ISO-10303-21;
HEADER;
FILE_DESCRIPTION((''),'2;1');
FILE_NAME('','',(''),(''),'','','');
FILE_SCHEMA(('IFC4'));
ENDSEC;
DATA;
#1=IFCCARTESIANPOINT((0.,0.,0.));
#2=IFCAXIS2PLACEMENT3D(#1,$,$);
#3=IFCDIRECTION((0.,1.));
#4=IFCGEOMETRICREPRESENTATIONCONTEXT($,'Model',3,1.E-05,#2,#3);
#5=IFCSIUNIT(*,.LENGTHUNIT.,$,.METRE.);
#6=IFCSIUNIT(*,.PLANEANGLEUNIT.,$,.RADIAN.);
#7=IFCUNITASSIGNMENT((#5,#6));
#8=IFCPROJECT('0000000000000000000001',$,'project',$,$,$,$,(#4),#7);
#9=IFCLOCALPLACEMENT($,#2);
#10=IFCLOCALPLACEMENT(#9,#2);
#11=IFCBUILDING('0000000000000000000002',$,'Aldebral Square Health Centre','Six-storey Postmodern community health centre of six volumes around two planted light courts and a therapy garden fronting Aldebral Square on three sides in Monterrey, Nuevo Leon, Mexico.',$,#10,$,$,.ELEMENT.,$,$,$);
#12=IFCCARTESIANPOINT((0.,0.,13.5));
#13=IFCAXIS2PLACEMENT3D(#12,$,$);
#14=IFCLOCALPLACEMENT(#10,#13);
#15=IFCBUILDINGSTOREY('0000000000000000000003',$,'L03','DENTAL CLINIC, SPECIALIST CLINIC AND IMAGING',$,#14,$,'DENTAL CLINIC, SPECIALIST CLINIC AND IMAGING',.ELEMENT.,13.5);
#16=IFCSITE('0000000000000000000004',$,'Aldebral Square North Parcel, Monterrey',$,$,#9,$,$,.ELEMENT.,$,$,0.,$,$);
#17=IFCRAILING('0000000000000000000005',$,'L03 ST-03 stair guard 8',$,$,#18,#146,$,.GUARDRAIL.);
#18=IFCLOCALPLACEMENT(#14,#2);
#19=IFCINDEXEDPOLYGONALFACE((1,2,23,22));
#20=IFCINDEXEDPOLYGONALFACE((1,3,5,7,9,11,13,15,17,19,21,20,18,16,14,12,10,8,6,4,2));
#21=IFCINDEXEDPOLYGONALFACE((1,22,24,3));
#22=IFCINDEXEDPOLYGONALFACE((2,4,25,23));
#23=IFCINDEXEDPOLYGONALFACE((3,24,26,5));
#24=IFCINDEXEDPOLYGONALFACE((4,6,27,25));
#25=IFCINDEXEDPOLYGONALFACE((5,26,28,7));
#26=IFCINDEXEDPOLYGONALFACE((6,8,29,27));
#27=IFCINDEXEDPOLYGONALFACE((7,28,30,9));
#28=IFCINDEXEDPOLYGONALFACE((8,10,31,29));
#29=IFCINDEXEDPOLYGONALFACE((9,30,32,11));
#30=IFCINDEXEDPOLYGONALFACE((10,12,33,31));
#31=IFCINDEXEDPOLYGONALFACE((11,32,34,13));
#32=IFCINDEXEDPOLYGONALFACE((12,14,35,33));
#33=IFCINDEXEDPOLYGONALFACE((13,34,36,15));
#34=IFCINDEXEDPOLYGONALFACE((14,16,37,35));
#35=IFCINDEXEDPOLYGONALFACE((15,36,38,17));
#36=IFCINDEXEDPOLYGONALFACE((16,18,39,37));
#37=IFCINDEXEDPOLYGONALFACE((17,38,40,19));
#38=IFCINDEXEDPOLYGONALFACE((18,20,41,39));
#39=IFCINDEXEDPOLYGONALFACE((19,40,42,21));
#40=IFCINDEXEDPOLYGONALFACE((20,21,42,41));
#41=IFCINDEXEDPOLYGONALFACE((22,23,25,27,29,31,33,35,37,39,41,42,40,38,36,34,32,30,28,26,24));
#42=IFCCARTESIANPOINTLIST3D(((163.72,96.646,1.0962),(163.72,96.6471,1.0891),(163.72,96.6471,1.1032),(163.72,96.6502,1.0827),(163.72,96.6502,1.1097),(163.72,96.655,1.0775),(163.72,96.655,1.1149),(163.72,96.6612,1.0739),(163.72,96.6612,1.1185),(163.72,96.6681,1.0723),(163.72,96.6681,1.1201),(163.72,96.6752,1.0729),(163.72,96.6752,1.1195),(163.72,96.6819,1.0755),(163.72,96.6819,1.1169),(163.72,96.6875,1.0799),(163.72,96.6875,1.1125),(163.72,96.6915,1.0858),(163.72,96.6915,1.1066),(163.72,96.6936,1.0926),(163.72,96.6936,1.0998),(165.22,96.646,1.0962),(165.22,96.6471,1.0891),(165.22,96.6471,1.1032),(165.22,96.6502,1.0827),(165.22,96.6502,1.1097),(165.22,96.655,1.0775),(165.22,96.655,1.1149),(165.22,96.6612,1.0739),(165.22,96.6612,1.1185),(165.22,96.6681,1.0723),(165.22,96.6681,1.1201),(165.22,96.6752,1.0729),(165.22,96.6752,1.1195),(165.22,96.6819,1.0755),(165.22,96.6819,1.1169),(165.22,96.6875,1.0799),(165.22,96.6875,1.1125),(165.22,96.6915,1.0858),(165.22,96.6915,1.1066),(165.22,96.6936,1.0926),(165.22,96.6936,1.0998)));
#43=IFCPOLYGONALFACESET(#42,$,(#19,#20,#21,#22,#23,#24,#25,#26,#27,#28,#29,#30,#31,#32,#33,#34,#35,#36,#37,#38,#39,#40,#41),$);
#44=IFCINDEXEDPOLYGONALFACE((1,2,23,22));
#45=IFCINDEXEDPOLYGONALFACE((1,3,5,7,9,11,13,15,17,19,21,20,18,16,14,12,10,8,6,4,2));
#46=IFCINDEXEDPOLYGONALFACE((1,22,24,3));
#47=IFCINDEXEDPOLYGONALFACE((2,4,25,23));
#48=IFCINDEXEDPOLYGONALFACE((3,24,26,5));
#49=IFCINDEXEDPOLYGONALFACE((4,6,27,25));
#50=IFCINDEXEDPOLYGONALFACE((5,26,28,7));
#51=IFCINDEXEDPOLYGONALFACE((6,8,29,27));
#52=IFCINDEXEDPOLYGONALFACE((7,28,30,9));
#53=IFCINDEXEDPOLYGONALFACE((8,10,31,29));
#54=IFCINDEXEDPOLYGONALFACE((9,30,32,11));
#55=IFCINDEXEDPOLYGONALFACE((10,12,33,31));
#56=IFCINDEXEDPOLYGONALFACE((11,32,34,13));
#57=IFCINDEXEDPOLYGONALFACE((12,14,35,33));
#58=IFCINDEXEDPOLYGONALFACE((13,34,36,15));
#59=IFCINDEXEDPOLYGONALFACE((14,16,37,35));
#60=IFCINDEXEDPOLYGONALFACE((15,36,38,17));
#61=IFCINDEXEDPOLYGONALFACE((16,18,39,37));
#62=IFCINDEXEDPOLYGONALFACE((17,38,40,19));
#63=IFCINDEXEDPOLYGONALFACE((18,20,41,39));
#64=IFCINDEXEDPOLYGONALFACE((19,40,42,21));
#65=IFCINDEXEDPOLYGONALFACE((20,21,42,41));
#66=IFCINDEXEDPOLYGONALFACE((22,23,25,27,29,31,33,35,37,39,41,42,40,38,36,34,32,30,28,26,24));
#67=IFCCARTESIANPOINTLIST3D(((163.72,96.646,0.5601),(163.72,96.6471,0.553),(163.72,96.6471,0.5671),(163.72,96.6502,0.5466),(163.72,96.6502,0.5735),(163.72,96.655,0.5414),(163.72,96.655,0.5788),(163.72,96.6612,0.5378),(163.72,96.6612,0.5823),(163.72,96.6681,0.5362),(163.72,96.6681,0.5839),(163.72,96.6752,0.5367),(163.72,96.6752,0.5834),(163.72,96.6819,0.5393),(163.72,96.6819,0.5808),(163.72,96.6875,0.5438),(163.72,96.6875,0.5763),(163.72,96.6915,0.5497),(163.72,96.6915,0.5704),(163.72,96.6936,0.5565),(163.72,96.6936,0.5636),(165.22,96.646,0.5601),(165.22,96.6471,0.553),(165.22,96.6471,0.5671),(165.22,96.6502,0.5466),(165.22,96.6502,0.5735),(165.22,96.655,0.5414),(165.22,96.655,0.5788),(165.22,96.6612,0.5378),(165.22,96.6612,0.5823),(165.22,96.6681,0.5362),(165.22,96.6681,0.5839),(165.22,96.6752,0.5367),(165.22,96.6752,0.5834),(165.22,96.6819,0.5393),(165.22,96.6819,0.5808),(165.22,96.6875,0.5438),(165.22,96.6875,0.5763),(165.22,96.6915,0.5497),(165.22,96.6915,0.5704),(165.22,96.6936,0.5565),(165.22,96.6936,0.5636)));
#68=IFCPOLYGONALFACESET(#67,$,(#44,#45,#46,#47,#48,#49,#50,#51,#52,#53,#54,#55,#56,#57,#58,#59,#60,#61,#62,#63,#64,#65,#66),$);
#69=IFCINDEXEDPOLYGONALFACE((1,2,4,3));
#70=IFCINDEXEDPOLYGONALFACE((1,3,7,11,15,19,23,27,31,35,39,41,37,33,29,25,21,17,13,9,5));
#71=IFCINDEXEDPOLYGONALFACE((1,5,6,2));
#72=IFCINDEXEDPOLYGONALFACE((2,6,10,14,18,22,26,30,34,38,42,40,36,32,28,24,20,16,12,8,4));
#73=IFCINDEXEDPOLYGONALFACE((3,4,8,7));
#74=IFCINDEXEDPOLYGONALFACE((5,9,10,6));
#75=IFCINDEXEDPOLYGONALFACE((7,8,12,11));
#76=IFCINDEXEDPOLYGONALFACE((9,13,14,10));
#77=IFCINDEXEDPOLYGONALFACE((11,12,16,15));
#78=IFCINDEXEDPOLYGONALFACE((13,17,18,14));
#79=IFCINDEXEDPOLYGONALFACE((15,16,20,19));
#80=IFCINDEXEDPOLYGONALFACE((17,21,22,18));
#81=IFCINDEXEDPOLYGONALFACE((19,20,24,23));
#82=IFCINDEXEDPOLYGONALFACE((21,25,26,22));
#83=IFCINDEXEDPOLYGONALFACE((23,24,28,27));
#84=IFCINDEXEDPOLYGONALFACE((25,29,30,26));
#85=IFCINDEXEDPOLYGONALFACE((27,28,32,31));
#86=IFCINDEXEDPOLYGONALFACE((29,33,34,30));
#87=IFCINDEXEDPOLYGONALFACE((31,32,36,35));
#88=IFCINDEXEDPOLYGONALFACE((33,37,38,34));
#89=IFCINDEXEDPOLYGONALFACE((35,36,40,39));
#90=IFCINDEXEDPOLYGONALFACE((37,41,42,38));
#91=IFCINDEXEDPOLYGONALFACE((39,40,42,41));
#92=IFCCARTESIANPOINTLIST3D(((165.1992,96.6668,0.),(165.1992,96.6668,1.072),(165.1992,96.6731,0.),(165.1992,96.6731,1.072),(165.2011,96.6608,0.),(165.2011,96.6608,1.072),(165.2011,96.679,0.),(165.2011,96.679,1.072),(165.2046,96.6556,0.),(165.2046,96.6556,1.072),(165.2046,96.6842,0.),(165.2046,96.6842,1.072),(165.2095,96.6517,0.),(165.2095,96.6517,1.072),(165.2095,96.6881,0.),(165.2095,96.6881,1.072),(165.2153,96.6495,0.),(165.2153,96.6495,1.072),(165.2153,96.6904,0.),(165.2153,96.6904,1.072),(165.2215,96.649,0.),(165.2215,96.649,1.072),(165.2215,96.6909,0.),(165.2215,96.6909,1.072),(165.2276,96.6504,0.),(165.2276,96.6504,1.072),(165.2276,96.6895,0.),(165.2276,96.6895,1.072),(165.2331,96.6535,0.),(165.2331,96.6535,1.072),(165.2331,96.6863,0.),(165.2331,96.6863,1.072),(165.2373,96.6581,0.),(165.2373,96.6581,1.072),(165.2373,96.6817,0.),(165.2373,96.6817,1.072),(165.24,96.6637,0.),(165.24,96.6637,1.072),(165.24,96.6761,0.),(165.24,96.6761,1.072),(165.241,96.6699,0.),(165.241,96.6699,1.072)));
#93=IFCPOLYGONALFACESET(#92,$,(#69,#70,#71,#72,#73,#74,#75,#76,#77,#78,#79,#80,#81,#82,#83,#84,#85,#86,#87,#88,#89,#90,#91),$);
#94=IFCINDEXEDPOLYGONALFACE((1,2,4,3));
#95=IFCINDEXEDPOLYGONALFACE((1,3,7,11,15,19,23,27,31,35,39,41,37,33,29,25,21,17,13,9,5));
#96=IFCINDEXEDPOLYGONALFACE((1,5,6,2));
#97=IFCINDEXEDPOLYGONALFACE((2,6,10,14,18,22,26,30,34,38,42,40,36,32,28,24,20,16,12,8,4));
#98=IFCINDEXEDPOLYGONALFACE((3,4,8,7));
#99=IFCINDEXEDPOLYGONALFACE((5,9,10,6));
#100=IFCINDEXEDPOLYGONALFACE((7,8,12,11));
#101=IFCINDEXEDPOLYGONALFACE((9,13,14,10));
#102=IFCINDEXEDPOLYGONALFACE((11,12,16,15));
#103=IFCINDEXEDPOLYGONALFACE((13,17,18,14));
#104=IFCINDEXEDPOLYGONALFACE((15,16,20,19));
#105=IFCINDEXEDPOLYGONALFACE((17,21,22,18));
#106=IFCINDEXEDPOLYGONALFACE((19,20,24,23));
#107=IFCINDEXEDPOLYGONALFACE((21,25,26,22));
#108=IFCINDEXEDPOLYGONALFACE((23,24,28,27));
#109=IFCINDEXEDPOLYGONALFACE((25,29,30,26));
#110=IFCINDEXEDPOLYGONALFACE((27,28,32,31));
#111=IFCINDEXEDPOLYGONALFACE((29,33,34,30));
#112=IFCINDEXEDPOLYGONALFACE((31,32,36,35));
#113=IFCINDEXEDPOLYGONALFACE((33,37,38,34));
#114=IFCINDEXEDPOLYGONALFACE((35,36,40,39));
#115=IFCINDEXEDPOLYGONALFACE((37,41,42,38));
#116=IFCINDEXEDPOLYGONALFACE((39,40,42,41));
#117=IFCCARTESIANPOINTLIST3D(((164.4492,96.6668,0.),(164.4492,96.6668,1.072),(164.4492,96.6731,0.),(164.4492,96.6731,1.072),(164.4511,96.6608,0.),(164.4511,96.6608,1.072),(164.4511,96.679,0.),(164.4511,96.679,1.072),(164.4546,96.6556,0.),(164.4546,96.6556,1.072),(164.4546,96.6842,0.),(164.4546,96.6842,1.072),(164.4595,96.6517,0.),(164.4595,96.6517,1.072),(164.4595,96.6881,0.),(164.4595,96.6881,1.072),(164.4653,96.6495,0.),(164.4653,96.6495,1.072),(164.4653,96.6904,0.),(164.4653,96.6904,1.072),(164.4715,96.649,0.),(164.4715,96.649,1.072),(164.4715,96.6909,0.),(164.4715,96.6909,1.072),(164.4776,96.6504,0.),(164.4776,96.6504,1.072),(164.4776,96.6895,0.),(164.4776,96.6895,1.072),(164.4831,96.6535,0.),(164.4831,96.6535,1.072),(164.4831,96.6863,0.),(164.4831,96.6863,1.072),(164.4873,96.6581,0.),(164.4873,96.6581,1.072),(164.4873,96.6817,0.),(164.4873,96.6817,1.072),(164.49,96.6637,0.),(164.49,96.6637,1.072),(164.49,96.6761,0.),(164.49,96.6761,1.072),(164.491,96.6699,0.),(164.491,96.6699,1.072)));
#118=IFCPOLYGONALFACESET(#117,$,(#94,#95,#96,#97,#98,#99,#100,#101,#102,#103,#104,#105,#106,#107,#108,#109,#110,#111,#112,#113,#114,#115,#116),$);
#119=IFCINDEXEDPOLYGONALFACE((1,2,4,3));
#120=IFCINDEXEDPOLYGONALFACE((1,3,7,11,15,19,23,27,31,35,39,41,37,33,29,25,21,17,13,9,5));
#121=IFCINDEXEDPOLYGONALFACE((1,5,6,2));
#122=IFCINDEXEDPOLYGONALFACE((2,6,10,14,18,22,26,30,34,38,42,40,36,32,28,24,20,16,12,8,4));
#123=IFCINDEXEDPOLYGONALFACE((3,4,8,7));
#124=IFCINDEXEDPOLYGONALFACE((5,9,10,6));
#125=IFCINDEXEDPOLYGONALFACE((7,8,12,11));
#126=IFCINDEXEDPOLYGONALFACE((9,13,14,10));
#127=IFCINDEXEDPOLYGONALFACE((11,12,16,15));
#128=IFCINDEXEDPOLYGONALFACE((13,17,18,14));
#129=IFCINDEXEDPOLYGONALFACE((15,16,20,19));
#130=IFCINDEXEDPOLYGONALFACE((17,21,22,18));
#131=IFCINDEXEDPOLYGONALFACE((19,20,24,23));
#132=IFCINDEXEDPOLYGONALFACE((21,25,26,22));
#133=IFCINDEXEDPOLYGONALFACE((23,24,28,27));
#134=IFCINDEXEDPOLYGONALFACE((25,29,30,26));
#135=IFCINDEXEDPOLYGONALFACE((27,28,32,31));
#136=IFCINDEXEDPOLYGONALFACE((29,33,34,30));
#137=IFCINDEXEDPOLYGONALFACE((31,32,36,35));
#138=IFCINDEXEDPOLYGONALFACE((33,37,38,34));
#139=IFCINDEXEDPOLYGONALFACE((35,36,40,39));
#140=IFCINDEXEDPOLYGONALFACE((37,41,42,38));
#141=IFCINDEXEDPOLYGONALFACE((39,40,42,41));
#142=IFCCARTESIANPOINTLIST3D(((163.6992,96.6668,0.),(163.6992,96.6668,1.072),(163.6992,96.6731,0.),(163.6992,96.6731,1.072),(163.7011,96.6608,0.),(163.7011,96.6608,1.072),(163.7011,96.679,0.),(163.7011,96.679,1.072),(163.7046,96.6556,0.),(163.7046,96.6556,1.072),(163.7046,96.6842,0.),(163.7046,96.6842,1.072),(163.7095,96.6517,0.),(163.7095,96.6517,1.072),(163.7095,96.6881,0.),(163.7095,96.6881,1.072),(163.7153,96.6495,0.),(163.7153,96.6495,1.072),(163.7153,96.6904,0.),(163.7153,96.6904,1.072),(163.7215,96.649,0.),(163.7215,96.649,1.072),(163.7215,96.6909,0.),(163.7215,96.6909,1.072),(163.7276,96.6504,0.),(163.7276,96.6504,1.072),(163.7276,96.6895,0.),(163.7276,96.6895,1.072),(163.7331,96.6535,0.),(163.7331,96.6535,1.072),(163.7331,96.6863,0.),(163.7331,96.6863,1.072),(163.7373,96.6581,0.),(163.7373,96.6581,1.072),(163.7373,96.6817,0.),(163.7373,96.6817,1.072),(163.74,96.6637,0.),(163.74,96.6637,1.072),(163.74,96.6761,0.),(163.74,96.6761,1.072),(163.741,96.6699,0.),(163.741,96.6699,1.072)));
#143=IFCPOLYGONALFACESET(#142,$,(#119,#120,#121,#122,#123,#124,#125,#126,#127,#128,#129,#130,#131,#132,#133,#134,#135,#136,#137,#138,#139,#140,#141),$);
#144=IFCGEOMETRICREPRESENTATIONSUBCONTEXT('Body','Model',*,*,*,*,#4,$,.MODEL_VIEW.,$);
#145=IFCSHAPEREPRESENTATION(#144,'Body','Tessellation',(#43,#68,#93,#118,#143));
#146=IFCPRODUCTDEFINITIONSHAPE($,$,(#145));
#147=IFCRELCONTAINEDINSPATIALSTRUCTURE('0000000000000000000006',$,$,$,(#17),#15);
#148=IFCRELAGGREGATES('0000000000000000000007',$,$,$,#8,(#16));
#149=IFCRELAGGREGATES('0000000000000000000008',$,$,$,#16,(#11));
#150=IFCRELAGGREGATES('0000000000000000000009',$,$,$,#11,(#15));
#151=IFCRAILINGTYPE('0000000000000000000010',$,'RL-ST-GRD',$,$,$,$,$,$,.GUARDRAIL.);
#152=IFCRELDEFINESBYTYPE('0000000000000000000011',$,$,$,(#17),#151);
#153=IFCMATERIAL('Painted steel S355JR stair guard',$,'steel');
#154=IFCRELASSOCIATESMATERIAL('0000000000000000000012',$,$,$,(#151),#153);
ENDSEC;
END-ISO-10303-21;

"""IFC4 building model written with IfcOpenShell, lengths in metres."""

from ifc_helpers import new_model, si_unit, direction, frame, origin, origin_2d, place, context, subcontext, project, spatial, circle, extrude, material, type_object, element, save


model = new_model("IFC4")

# Units and contexts
model_context = context("Model", 3, precision=1e-05, world=origin(), true_north=direction((0.0, 1.0)))
body_context = subcontext(model_context, "Body", "Model", "MODEL_VIEW")
ifc_project = project(units=[si_unit("LENGTHUNIT", "METRE"), si_unit("PLANEANGLEUNIT", "RADIAN")], contexts=[model_context])

# Site, building, storey
site_placement = place(None, origin())
site = spatial("IfcSite", under=ifc_project, at=site_placement, Name="Aldebral Square North Parcel, Monterrey", CompositionType="ELEMENT", RefElevation=0.0)
building_placement = place(site_placement, origin())
building = spatial("IfcBuilding", under=site, at=building_placement, Name="Aldebral Square Health Centre", Description="Six-storey Postmodern community health centre of six volumes around two planted light courts and a therapy garden fronting Aldebral Square on three sides in Monterrey, Nuevo Leon, Mexico.", CompositionType="ELEMENT")
storey_placement = place(building_placement, frame((0.0, 0.0, 13.5)))
storey = spatial("IfcBuildingStorey", under=building, at=storey_placement, Name="L03", Description="DENTAL CLINIC, SPECIALIST CLINIC AND IMAGING", LongName="DENTAL CLINIC, SPECIALIST CLINIC AND IMAGING", CompositionType="ELEMENT", Elevation=13.5)

# Railing
ifc_material_1 = material(Name="Painted steel S355JR stair guard", Category="steel")
railing_type_1 = type_object("IfcRailingType", Name="RL-ST-GRD", PredefinedType="GUARDRAIL", material=ifc_material_1)
for number, where, name in (
    (1, (165.22, 96.6699, 0.0), "L03 ST-03 stair guard 8"),
):
    element("IfcRailing", number, at=place(storey_placement, frame(where)), inside=storey, type_object=railing_type_1, Name=name, PredefinedType="GUARDRAIL", context=body_context, shape_type="SweptSolid", body=[
        extrude(circle(Radius=0.0239, at=origin_2d()), frame((0.0, 0.0, 1.0962), z_axis=(-1.0, 0.0, 0.0), x_axis=(0.0, -1.0, 0.0)), (0.0, 0.0, 1.0), 1.5),
        extrude(circle(Radius=0.0239, at=origin_2d()), frame((0.0, 0.0, 0.5601), z_axis=(-1.0, 0.0, 0.0), x_axis=(0.0, -1.0, 0.0)), (0.0, 0.0, 1.0), 1.5),
        extrude(circle(Radius=0.021, at=origin_2d()), origin(), (0.0, 0.0, 1.0), 1.072),
        extrude(circle(Radius=0.021, at=origin_2d()), frame((-0.75, 0.0, 0.0)), (0.0, 0.0, 1.0), 1.072),
        extrude(circle(Radius=0.021, at=origin_2d()), frame((-1.5, 0.0, 0.0)), (0.0, 0.0, 1.0), 1.072),
    ])

save(model, "model.ifc")
